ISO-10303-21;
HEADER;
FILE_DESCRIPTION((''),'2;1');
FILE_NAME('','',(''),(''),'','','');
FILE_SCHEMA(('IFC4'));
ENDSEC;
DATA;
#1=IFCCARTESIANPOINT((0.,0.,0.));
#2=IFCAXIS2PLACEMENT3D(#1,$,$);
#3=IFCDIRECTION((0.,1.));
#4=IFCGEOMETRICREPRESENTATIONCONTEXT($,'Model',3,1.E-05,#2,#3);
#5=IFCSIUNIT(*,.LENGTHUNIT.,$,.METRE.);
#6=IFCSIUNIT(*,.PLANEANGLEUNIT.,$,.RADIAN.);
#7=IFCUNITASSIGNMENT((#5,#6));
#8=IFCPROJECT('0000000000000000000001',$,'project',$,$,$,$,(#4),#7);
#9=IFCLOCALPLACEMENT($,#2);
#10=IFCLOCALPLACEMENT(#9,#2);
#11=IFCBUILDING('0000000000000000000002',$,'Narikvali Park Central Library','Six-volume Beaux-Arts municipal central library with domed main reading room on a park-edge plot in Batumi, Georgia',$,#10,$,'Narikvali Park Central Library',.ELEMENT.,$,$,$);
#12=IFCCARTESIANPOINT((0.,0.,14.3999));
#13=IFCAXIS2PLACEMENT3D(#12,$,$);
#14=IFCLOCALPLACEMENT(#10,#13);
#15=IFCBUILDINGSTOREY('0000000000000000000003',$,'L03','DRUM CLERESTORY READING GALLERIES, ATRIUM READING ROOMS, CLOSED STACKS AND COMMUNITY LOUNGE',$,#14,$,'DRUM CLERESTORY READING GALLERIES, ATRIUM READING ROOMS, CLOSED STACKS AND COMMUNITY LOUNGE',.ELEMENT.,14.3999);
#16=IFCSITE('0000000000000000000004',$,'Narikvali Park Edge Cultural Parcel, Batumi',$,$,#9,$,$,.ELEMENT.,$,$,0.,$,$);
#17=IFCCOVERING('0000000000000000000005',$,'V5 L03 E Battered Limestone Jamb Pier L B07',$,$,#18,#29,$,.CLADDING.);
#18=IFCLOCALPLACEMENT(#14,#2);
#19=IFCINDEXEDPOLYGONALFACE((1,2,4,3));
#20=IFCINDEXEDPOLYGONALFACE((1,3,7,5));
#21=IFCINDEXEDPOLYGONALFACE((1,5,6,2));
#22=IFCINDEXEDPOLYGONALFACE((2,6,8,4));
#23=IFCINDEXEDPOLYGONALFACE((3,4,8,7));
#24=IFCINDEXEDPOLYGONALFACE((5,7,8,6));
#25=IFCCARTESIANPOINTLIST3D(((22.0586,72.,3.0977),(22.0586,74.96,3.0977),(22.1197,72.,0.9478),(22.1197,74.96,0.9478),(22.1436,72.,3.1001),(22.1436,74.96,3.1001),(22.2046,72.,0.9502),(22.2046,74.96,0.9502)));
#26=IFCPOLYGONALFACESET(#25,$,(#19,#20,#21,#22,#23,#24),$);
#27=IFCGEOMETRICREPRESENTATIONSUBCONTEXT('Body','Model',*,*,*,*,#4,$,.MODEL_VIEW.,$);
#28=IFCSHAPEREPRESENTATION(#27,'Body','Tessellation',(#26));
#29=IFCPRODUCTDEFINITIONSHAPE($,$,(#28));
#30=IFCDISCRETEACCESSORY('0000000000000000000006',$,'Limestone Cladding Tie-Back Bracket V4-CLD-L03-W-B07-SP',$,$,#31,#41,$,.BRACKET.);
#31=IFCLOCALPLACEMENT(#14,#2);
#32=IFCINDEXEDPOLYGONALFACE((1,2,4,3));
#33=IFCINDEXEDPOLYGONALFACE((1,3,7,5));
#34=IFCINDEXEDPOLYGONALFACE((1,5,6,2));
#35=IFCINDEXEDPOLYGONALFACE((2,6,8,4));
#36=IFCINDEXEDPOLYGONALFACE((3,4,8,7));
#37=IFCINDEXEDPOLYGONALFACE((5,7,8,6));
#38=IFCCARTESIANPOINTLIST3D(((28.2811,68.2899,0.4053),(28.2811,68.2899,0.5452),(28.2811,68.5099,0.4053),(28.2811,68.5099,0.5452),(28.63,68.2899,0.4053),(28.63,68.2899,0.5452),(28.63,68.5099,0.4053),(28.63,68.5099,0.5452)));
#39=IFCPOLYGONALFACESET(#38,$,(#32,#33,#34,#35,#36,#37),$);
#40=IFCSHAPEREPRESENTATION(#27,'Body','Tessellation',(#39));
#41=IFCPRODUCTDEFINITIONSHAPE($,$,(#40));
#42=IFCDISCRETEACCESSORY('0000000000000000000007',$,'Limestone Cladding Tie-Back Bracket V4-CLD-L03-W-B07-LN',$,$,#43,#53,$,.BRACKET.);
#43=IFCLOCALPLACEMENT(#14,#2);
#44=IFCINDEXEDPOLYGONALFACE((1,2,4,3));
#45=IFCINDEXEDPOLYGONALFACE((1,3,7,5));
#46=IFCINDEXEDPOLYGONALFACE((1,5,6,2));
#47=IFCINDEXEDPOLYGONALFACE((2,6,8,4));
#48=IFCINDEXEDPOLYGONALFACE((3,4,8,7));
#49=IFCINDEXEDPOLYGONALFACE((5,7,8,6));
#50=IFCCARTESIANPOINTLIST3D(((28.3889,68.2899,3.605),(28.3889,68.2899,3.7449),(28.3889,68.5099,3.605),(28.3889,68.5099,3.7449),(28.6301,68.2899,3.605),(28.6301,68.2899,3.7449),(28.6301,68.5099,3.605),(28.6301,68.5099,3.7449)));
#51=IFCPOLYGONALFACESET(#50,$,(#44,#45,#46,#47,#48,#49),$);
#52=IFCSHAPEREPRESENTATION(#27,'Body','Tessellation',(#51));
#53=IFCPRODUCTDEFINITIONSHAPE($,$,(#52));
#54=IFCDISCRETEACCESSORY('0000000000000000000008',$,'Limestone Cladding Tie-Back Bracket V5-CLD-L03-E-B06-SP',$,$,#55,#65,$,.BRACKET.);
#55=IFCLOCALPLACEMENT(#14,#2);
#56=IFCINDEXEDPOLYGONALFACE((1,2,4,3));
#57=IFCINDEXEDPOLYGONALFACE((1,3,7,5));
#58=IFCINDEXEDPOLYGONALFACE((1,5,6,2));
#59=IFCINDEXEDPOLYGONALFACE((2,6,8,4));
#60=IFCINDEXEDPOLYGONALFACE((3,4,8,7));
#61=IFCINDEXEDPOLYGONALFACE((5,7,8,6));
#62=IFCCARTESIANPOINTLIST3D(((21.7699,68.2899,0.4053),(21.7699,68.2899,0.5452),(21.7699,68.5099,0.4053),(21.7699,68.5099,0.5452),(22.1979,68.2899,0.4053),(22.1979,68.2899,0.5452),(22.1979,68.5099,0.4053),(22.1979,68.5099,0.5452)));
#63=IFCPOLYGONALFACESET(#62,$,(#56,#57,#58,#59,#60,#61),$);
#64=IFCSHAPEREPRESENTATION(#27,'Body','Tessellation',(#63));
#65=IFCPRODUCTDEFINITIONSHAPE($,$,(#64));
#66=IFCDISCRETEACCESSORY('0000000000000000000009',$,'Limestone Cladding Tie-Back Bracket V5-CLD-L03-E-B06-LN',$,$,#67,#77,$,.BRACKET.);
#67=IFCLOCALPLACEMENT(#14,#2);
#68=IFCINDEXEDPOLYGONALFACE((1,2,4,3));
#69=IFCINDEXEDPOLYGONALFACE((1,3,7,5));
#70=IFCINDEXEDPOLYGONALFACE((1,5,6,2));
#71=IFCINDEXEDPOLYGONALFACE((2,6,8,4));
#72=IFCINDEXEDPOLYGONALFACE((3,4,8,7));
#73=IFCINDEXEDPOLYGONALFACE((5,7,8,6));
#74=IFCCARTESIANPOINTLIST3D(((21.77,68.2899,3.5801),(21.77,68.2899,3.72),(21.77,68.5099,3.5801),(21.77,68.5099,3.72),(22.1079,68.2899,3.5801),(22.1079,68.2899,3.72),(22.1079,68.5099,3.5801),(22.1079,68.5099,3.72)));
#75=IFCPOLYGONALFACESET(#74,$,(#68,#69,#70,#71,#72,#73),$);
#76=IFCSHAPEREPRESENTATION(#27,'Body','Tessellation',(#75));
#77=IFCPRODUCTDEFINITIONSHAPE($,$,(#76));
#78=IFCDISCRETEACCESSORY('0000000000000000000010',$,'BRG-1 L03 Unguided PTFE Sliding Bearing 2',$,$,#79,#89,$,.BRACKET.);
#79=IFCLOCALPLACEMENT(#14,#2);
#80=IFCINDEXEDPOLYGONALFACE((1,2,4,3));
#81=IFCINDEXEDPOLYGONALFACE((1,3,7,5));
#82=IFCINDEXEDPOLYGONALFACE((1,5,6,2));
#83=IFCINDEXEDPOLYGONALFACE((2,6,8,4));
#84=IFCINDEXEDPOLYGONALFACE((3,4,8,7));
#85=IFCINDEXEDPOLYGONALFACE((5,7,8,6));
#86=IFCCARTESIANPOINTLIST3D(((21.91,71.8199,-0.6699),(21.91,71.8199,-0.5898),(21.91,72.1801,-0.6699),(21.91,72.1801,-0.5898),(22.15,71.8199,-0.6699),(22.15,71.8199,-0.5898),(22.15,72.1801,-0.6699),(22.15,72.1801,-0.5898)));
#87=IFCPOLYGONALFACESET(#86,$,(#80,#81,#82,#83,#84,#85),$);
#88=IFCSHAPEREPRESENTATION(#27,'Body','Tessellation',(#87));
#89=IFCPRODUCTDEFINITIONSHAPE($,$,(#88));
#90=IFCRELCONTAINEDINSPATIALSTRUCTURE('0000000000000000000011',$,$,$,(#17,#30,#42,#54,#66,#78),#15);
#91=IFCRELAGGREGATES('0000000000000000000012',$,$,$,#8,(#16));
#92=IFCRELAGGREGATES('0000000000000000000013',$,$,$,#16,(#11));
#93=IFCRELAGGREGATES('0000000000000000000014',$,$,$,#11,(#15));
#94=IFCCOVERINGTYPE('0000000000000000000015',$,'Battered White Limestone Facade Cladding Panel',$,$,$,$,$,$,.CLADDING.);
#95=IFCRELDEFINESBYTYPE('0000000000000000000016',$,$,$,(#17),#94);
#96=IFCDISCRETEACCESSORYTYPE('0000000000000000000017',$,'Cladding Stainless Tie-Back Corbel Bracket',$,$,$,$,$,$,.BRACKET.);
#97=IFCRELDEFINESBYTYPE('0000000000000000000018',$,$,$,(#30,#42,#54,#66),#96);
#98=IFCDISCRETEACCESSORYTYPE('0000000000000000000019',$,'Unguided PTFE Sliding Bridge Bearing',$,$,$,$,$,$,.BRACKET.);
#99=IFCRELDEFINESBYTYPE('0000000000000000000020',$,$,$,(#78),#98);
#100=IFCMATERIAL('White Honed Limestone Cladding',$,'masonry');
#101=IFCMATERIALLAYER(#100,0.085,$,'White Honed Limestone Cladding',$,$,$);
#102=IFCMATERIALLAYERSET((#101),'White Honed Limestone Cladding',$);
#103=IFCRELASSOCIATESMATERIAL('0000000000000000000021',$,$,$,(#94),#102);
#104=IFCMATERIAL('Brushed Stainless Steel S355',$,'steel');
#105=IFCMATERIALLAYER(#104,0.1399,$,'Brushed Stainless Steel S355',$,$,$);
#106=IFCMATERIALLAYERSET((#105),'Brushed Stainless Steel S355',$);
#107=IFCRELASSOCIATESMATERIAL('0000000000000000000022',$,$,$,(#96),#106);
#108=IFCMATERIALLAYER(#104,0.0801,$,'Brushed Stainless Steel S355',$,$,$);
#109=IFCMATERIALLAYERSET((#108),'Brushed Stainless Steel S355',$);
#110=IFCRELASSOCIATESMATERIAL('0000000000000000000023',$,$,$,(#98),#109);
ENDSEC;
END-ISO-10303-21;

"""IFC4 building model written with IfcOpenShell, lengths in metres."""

from ifc_helpers import new_model, si_unit, direction, frame, origin, origin_2d, place, context, subcontext, project, spatial, polyline, rectangle, outline, extrude, material, layer, layer_set, type_object, element, save


model = new_model("IFC4")

# Units and contexts
model_context = context("Model", 3, precision=1e-05, world=origin(), true_north=direction((0.0, 1.0)))
body_context = subcontext(model_context, "Body", "Model", "MODEL_VIEW")
ifc_project = project(units=[si_unit("LENGTHUNIT", "METRE"), si_unit("PLANEANGLEUNIT", "RADIAN")], contexts=[model_context])

# Site, building, storey
site_placement = place(None, origin())
site = spatial("IfcSite", under=ifc_project, at=site_placement, Name="Narikvali Park Edge Cultural Parcel, Batumi", CompositionType="ELEMENT", RefElevation=0.0)
building_placement = place(site_placement, origin())
building = spatial("IfcBuilding", under=site, at=building_placement, Name="Narikvali Park Central Library", Description="Six-volume Beaux-Arts municipal central library with domed main reading room on a park-edge plot in Batumi, Georgia", LongName="Narikvali Park Central Library", CompositionType="ELEMENT")
storey_placement = place(building_placement, frame((0.0, 0.0, 14.3999)))
storey = spatial("IfcBuildingStorey", under=building, at=storey_placement, Name="L03", Description="DRUM CLERESTORY READING GALLERIES, ATRIUM READING ROOMS, CLOSED STACKS AND COMMUNITY LOUNGE", LongName="DRUM CLERESTORY READING GALLERIES, ATRIUM READING ROOMS, CLOSED STACKS AND COMMUNITY LOUNGE", CompositionType="ELEMENT", Elevation=14.3999)

# Covering
ifc_material_1 = material(Name="White Honed Limestone Cladding", Category="masonry")
ifc_layer_1 = layer(ifc_material_1, 0.085, Name="White Honed Limestone Cladding")
ifc_layer_set_1 = layer_set([ifc_layer_1], Name="White Honed Limestone Cladding")
covering_type = type_object("IfcCoveringType", Name="Battered White Limestone Facade Cladding Panel", PredefinedType="CLADDING", material=ifc_layer_set_1)
covering_1_placement = place(storey_placement, frame((22.2046, 72.0, 0.9502), z_axis=(0.999597, 0.0, 0.028378), x_axis=(0.0, 1.0, 0.0)))
element("IfcCovering", 1, at=covering_1_placement, inside=storey, type_object=covering_type, Name="V5 L03 E Battered Limestone Jamb Pier L B07", PredefinedType="CLADDING", context=body_context, shape_type="SweptSolid", body=[
    extrude(outline(polyline([(0.0, 0.0), (2.96, 0.0), (2.96, 2.1508), (0.0, 2.1508), (0.0, 0.0)])), origin(), (0.0, 0.0, -1.0), 0.085),
])

# Discrete accessories
ifc_material_2 = material(Name="Brushed Stainless Steel S355", Category="steel")
ifc_layer_2 = layer(ifc_material_2, 0.1399, Name="Brushed Stainless Steel S355")
ifc_layer_set_2 = layer_set([ifc_layer_2], Name="Brushed Stainless Steel S355")
discrete_accessory_type_1 = type_object("IfcDiscreteAccessoryType", Name="Cladding Stainless Tie-Back Corbel Bracket", PredefinedType="BRACKET", material=ifc_layer_set_2)
discrete_accessory_1_placement = place(storey_placement, frame((28.4556, 68.3999, 0.4053), z_axis=(0.0, 0.0, 1.0), x_axis=(1.0, 0.0, 0.0)))
element("IfcDiscreteAccessory", 2, at=discrete_accessory_1_placement, inside=storey, type_object=discrete_accessory_type_1, Name="Limestone Cladding Tie-Back Bracket V4-CLD-L03-W-B07-SP", PredefinedType="BRACKET", context=body_context, shape_type="SweptSolid", body=[
    extrude(rectangle(XDim=0.3489, YDim=0.22, at=origin_2d()), origin(), (0.0, 0.0, 1.0), 0.1399),
])
discrete_accessory_2_placement = place(storey_placement, frame((28.5095, 68.3999, 3.605), z_axis=(0.0, 0.0, 1.0), x_axis=(1.0, 0.0, 0.0)))
element("IfcDiscreteAccessory", 3, at=discrete_accessory_2_placement, inside=storey, type_object=discrete_accessory_type_1, Name="Limestone Cladding Tie-Back Bracket V4-CLD-L03-W-B07-LN", PredefinedType="BRACKET", context=body_context, shape_type="SweptSolid", body=[
    extrude(rectangle(XDim=0.2412, YDim=0.22, at=origin_2d()), origin(), (0.0, 0.0, 1.0), 0.1399),
])
discrete_accessory_3_placement = place(storey_placement, frame((21.9839, 68.3999, 0.4053), z_axis=(0.0, 0.0, 1.0), x_axis=(1.0, 0.0, 0.0)))
element("IfcDiscreteAccessory", 4, at=discrete_accessory_3_placement, inside=storey, type_object=discrete_accessory_type_1, Name="Limestone Cladding Tie-Back Bracket V5-CLD-L03-E-B06-SP", PredefinedType="BRACKET", context=body_context, shape_type="SweptSolid", body=[
    extrude(rectangle(XDim=0.428, YDim=0.22, at=origin_2d()), origin(), (0.0, 0.0, 1.0), 0.1399),
])
discrete_accessory_4_placement = place(storey_placement, frame((21.939, 68.3999, 3.5801), z_axis=(0.0, 0.0, 1.0), x_axis=(1.0, 0.0, 0.0)))
element("IfcDiscreteAccessory", 5, at=discrete_accessory_4_placement, inside=storey, type_object=discrete_accessory_type_1, Name="Limestone Cladding Tie-Back Bracket V5-CLD-L03-E-B06-LN", PredefinedType="BRACKET", context=body_context, shape_type="SweptSolid", body=[
    extrude(rectangle(XDim=0.3379, YDim=0.22, at=origin_2d()), origin(), (0.0, 0.0, 1.0), 0.1399),
])
ifc_layer_3 = layer(ifc_material_2, 0.0801, Name="Brushed Stainless Steel S355")
ifc_layer_set_3 = layer_set([ifc_layer_3], Name="Brushed Stainless Steel S355")
discrete_accessory_type_2 = type_object("IfcDiscreteAccessoryType", Name="Unguided PTFE Sliding Bridge Bearing", PredefinedType="BRACKET", material=ifc_layer_set_3)
discrete_accessory_5_placement = place(storey_placement, frame((22.03, 72.0, -0.6699), z_axis=(0.0, 0.0, 1.0), x_axis=(1.0, 0.0, 0.0)))
element("IfcDiscreteAccessory", 6, at=discrete_accessory_5_placement, inside=storey, type_object=discrete_accessory_type_2, Name="BRG-1 L03 Unguided PTFE Sliding Bearing 2", PredefinedType="BRACKET", context=body_context, shape_type="SweptSolid", body=[
    extrude(rectangle(XDim=0.24, YDim=0.3601, at=origin_2d()), origin(), (0.0, 0.0, 1.0), 0.0801),
])

save(model, "model.ifc")
